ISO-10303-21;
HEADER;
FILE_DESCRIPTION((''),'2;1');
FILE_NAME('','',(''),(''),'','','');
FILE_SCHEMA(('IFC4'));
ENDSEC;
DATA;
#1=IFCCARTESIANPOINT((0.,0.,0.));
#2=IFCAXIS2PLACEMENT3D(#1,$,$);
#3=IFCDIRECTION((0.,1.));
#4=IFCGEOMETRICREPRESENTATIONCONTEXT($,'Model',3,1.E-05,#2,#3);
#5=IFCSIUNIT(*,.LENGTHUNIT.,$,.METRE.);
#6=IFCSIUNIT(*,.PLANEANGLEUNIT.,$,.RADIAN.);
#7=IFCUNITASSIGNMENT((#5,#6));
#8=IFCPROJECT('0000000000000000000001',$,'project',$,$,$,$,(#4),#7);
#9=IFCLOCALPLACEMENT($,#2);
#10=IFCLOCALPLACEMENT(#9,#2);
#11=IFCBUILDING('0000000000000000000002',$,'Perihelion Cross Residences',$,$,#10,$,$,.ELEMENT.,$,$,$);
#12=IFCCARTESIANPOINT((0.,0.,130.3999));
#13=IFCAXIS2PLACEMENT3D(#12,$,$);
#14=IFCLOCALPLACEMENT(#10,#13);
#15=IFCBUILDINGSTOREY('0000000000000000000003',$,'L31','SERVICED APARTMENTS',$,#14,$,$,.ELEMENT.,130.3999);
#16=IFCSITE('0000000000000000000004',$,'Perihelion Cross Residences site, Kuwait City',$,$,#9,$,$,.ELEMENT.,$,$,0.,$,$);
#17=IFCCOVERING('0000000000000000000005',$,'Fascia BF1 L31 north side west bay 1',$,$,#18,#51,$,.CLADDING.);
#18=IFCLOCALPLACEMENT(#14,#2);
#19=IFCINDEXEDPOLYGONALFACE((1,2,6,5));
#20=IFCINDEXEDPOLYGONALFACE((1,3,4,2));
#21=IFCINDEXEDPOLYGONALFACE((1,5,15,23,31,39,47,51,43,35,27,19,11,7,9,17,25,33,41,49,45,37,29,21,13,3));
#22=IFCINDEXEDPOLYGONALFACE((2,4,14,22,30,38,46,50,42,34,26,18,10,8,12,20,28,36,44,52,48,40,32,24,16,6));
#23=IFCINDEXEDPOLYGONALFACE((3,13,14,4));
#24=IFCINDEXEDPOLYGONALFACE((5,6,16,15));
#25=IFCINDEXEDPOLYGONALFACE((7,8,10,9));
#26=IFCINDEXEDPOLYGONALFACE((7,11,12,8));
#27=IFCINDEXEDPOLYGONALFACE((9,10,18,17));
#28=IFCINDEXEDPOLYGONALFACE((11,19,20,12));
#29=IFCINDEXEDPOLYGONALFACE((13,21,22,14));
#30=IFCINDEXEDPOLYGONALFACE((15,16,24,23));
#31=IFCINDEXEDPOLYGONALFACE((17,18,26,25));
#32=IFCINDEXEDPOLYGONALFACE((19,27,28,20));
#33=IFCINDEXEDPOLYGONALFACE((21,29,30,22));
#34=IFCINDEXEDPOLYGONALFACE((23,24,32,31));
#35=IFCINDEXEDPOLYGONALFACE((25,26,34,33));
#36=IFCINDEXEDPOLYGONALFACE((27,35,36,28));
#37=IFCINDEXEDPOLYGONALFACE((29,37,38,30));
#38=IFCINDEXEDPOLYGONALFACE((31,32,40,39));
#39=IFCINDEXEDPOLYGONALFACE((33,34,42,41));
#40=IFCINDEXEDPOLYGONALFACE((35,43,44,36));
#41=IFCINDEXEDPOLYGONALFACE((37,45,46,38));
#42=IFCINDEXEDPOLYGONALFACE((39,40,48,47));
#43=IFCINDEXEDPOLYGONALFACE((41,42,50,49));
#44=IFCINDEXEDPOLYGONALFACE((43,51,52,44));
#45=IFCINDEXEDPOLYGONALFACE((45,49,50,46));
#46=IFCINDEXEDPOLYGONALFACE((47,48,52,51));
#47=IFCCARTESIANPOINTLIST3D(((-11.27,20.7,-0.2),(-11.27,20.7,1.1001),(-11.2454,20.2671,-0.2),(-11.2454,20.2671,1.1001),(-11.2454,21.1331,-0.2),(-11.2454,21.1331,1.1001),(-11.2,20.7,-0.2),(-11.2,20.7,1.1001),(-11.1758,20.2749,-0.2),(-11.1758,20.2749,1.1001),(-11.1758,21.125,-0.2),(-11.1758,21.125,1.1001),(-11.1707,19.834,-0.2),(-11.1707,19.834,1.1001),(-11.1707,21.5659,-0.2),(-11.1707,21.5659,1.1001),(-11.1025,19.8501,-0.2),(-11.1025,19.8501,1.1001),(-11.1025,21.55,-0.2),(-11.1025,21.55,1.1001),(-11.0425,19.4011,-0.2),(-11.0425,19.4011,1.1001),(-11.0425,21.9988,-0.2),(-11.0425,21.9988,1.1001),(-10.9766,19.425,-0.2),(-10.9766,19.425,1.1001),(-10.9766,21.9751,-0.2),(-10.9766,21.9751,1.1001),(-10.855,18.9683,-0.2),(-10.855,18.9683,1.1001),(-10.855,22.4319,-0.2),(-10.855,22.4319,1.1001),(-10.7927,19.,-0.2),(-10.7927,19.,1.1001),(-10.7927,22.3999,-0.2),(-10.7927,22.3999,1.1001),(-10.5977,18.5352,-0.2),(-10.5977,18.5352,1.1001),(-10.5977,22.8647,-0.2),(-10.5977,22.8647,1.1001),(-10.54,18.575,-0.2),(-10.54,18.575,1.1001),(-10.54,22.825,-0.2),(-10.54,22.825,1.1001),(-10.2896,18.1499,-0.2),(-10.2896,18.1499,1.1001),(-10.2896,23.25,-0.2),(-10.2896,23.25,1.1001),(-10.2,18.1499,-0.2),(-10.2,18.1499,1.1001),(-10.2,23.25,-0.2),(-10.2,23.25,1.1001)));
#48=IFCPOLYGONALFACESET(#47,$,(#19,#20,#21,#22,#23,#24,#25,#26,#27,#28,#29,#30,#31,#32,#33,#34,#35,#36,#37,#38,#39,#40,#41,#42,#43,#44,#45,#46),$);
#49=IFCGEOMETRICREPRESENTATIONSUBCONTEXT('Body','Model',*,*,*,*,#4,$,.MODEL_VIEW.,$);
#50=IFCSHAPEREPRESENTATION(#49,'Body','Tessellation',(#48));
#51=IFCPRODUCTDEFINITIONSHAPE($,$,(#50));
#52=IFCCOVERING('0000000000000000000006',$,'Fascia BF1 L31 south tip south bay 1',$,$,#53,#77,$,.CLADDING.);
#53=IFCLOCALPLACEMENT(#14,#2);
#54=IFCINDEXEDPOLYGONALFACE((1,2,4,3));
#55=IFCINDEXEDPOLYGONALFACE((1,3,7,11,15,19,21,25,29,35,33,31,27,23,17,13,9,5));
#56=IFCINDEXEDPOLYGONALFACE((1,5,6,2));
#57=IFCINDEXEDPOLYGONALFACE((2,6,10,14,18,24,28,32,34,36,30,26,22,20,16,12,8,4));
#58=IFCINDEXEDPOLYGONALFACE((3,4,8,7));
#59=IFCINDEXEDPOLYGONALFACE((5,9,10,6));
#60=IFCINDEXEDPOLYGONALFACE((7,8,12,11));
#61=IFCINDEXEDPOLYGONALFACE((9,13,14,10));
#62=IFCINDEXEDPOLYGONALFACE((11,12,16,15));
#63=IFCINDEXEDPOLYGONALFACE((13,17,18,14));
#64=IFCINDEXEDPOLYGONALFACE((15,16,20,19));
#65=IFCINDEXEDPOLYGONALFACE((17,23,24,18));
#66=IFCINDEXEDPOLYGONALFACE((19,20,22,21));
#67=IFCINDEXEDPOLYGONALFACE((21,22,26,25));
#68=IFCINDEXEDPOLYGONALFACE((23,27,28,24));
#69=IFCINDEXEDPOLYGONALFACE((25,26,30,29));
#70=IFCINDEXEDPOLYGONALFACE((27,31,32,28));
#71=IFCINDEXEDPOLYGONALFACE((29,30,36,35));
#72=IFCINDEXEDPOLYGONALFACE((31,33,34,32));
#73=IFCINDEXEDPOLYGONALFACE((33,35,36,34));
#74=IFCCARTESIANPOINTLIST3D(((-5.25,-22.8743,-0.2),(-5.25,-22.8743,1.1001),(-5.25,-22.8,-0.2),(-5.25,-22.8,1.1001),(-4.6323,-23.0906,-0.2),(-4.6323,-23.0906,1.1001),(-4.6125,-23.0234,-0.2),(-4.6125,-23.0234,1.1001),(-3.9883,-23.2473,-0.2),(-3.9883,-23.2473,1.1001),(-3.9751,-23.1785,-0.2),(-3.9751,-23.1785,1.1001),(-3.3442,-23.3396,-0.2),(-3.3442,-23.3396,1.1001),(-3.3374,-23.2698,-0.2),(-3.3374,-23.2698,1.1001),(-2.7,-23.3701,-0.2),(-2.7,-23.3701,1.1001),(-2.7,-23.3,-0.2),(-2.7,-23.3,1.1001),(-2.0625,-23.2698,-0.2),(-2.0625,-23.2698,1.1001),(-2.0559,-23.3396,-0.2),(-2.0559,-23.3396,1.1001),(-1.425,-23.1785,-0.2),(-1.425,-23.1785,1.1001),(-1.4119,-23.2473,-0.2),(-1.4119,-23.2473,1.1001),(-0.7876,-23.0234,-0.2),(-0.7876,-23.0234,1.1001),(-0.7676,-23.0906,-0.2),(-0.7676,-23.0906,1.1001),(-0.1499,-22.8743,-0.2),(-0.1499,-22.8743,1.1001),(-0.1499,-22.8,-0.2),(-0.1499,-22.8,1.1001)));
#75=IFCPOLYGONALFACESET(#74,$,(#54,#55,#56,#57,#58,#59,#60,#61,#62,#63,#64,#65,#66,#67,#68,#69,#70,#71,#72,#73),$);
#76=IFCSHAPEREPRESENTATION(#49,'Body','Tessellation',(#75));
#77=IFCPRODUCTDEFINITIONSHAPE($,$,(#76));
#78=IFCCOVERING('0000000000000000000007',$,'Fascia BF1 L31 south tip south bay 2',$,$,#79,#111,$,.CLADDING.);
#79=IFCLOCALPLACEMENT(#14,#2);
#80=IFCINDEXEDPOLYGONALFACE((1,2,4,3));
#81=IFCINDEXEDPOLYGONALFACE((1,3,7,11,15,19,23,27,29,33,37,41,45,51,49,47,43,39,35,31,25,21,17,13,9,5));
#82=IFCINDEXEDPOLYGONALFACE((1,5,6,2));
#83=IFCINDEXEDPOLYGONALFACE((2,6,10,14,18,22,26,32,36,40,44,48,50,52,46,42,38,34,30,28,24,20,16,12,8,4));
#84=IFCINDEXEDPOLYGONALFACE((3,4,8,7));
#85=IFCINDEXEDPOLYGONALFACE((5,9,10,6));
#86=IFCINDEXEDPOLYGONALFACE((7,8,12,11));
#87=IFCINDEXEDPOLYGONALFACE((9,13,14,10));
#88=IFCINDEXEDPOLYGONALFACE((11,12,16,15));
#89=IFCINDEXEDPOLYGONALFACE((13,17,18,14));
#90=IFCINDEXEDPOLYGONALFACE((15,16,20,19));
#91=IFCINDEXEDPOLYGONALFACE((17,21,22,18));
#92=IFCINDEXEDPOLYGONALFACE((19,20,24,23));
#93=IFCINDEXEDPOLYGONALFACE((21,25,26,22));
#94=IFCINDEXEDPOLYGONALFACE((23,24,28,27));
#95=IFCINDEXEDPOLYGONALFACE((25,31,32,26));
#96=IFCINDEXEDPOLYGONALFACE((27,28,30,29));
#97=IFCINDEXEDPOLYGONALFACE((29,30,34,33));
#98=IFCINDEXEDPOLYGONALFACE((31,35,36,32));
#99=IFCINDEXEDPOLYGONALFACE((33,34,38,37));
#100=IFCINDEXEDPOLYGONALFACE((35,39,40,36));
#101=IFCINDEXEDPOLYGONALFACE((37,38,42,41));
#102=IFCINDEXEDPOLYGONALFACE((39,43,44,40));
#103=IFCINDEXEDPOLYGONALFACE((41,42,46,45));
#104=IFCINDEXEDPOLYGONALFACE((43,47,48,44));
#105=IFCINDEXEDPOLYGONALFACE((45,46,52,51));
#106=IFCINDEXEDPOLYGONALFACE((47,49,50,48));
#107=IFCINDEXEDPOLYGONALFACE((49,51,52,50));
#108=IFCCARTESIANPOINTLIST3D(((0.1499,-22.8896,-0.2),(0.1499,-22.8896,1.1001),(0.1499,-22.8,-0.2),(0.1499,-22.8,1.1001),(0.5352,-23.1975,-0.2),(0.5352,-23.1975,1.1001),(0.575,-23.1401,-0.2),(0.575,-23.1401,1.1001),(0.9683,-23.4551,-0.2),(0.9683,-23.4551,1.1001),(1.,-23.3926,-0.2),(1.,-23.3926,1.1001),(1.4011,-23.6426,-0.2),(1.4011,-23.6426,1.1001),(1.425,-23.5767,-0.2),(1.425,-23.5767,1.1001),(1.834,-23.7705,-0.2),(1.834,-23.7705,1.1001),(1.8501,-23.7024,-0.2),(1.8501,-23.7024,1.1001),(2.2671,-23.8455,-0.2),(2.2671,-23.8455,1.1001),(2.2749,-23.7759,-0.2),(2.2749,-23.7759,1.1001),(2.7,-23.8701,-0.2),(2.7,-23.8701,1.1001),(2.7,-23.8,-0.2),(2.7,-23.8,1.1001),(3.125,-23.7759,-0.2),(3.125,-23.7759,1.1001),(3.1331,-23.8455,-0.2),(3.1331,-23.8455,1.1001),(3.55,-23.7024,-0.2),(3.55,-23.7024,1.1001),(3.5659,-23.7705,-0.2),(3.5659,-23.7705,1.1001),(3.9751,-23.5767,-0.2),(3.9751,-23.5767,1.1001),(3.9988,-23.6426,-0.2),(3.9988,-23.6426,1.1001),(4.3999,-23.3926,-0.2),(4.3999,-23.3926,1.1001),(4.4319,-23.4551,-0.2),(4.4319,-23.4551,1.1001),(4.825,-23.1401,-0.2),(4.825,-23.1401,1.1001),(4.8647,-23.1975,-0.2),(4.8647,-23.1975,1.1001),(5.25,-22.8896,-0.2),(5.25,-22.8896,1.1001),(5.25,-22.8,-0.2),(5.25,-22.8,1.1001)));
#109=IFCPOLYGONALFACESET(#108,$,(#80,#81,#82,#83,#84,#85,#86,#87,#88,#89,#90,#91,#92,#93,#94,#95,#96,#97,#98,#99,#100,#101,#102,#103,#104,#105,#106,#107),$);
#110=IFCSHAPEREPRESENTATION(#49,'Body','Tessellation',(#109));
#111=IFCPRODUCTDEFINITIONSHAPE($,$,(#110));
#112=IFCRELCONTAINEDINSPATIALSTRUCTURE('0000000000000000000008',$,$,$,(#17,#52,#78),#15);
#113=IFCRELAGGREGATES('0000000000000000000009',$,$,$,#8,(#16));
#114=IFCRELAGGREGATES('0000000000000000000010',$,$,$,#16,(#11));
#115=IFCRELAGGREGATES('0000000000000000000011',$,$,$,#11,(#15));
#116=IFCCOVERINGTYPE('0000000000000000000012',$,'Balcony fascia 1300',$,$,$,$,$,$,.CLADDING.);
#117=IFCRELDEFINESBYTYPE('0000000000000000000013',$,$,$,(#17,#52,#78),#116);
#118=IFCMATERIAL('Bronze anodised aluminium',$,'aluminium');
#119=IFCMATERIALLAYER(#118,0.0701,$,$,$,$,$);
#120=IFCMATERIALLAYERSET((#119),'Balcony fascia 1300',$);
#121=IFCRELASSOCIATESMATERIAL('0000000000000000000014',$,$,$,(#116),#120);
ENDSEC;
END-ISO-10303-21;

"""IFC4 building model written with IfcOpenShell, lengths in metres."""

from ifc_helpers import new_model, si_unit, direction, frame, origin, place, context, subcontext, project, spatial, polyline, outline, extrude, material, layer, layer_set, type_object, element, save


model = new_model("IFC4")

# Units and contexts
model_context = context("Model", 3, precision=1e-05, world=origin(), true_north=direction((0.0, 1.0)))
body_context = subcontext(model_context, "Body", "Model", "MODEL_VIEW")
ifc_project = project(units=[si_unit("LENGTHUNIT", "METRE"), si_unit("PLANEANGLEUNIT", "RADIAN")], contexts=[model_context])

# Site, building, storey
site_placement = place(None, origin())
site = spatial("IfcSite", under=ifc_project, at=site_placement, Name="Perihelion Cross Residences site, Kuwait City", CompositionType="ELEMENT", RefElevation=0.0)
building_placement = place(site_placement, origin())
building = spatial("IfcBuilding", under=site, at=building_placement, Name="Perihelion Cross Residences", CompositionType="ELEMENT")
storey_placement = place(building_placement, frame((0.0, 0.0, 130.3999)))
storey = spatial("IfcBuildingStorey", under=building, at=storey_placement, Name="L31", Description="SERVICED APARTMENTS", CompositionType="ELEMENT", Elevation=130.3999)

# Coverings
ifc_material_1 = material(Name="Bronze anodised aluminium", Category="aluminium")
ifc_layer_1 = layer(ifc_material_1, 0.0701)
ifc_layer_set_1 = layer_set([ifc_layer_1], Name="Balcony fascia 1300")
covering_type = type_object("IfcCoveringType", Name="Balcony fascia 1300", PredefinedType="CLADDING", material=ifc_layer_set_1)
covering_1_placement = place(storey_placement, frame((0.0, 0.0, -0.2)))
element("IfcCovering", 1, at=covering_1_placement, inside=storey, type_object=covering_type, Name="Fascia BF1 L31 north side west bay 1", PredefinedType="CLADDING", context=body_context, shape_type="SweptSolid", body=[
    extrude(outline(polyline([(-10.5977, 22.8647), (-10.855, 22.4319), (-11.0425, 21.9988), (-11.1707, 21.5659), (-11.2454, 21.1331), (-11.27, 20.7), (-11.2454, 20.2671), (-11.1707, 19.834), (-11.0425, 19.4011), (-10.855, 18.9683), (-10.5977, 18.5352), (-10.2896, 18.1499), (-10.2, 18.1499), (-10.54, 18.575), (-10.7927, 19.0), (-10.9766, 19.425), (-11.1025, 19.8501), (-11.1758, 20.2749), (-11.2, 20.7), (-11.1758, 21.125), (-11.1025, 21.55), (-10.9766, 21.9751), (-10.7927, 22.3999), (-10.54, 22.825), (-10.2, 23.25), (-10.2896, 23.25), (-10.5977, 22.8647)])), origin(), (0.0, 0.0, 1.0), 1.3),
])
covering_2_placement = place(storey_placement, frame((0.0, 0.0, -0.2)))
element("IfcCovering", 2, at=covering_2_placement, inside=storey, type_object=covering_type, Name="Fascia BF1 L31 south tip south bay 1", PredefinedType="CLADDING", context=body_context, shape_type="SweptSolid", body=[
    extrude(outline(polyline([(-4.6323, -23.0906), (-3.9883, -23.2473), (-3.3442, -23.3396), (-2.7, -23.3701), (-2.0559, -23.3396), (-1.4119, -23.2473), (-0.7676, -23.0906), (-0.1499, -22.8743), (-0.1499, -22.8), (-0.7876, -23.0234), (-1.425, -23.1785), (-2.0625, -23.2698), (-2.7, -23.3), (-3.3374, -23.2698), (-3.9751, -23.1785), (-4.6125, -23.0234), (-5.25, -22.8), (-5.25, -22.8743), (-4.6323, -23.0906)])), origin(), (0.0, 0.0, 1.0), 1.3),
])
covering_3_placement = place(storey_placement, frame((0.0, 0.0, -0.2)))
element("IfcCovering", 3, at=covering_3_placement, inside=storey, type_object=covering_type, Name="Fascia BF1 L31 south tip south bay 2", PredefinedType="CLADDING", context=body_context, shape_type="SweptSolid", body=[
    extrude(outline(polyline([(0.5352, -23.1975), (0.9683, -23.4551), (1.4011, -23.6426), (1.834, -23.7705), (2.2671, -23.8455), (2.7, -23.8701), (3.1331, -23.8455), (3.5659, -23.7705), (3.9988, -23.6426), (4.4319, -23.4551), (4.8647, -23.1975), (5.25, -22.8896), (5.25, -22.8), (4.825, -23.1401), (4.3999, -23.3926), (3.9751, -23.5767), (3.55, -23.7024), (3.125, -23.7759), (2.7, -23.8), (2.2749, -23.7759), (1.8501, -23.7024), (1.425, -23.5767), (1.0, -23.3926), (0.575, -23.1401), (0.1499, -22.8), (0.1499, -22.8896), (0.5352, -23.1975)])), origin(), (0.0, 0.0, 1.0), 1.3),
])

save(model, "model.ifc")
